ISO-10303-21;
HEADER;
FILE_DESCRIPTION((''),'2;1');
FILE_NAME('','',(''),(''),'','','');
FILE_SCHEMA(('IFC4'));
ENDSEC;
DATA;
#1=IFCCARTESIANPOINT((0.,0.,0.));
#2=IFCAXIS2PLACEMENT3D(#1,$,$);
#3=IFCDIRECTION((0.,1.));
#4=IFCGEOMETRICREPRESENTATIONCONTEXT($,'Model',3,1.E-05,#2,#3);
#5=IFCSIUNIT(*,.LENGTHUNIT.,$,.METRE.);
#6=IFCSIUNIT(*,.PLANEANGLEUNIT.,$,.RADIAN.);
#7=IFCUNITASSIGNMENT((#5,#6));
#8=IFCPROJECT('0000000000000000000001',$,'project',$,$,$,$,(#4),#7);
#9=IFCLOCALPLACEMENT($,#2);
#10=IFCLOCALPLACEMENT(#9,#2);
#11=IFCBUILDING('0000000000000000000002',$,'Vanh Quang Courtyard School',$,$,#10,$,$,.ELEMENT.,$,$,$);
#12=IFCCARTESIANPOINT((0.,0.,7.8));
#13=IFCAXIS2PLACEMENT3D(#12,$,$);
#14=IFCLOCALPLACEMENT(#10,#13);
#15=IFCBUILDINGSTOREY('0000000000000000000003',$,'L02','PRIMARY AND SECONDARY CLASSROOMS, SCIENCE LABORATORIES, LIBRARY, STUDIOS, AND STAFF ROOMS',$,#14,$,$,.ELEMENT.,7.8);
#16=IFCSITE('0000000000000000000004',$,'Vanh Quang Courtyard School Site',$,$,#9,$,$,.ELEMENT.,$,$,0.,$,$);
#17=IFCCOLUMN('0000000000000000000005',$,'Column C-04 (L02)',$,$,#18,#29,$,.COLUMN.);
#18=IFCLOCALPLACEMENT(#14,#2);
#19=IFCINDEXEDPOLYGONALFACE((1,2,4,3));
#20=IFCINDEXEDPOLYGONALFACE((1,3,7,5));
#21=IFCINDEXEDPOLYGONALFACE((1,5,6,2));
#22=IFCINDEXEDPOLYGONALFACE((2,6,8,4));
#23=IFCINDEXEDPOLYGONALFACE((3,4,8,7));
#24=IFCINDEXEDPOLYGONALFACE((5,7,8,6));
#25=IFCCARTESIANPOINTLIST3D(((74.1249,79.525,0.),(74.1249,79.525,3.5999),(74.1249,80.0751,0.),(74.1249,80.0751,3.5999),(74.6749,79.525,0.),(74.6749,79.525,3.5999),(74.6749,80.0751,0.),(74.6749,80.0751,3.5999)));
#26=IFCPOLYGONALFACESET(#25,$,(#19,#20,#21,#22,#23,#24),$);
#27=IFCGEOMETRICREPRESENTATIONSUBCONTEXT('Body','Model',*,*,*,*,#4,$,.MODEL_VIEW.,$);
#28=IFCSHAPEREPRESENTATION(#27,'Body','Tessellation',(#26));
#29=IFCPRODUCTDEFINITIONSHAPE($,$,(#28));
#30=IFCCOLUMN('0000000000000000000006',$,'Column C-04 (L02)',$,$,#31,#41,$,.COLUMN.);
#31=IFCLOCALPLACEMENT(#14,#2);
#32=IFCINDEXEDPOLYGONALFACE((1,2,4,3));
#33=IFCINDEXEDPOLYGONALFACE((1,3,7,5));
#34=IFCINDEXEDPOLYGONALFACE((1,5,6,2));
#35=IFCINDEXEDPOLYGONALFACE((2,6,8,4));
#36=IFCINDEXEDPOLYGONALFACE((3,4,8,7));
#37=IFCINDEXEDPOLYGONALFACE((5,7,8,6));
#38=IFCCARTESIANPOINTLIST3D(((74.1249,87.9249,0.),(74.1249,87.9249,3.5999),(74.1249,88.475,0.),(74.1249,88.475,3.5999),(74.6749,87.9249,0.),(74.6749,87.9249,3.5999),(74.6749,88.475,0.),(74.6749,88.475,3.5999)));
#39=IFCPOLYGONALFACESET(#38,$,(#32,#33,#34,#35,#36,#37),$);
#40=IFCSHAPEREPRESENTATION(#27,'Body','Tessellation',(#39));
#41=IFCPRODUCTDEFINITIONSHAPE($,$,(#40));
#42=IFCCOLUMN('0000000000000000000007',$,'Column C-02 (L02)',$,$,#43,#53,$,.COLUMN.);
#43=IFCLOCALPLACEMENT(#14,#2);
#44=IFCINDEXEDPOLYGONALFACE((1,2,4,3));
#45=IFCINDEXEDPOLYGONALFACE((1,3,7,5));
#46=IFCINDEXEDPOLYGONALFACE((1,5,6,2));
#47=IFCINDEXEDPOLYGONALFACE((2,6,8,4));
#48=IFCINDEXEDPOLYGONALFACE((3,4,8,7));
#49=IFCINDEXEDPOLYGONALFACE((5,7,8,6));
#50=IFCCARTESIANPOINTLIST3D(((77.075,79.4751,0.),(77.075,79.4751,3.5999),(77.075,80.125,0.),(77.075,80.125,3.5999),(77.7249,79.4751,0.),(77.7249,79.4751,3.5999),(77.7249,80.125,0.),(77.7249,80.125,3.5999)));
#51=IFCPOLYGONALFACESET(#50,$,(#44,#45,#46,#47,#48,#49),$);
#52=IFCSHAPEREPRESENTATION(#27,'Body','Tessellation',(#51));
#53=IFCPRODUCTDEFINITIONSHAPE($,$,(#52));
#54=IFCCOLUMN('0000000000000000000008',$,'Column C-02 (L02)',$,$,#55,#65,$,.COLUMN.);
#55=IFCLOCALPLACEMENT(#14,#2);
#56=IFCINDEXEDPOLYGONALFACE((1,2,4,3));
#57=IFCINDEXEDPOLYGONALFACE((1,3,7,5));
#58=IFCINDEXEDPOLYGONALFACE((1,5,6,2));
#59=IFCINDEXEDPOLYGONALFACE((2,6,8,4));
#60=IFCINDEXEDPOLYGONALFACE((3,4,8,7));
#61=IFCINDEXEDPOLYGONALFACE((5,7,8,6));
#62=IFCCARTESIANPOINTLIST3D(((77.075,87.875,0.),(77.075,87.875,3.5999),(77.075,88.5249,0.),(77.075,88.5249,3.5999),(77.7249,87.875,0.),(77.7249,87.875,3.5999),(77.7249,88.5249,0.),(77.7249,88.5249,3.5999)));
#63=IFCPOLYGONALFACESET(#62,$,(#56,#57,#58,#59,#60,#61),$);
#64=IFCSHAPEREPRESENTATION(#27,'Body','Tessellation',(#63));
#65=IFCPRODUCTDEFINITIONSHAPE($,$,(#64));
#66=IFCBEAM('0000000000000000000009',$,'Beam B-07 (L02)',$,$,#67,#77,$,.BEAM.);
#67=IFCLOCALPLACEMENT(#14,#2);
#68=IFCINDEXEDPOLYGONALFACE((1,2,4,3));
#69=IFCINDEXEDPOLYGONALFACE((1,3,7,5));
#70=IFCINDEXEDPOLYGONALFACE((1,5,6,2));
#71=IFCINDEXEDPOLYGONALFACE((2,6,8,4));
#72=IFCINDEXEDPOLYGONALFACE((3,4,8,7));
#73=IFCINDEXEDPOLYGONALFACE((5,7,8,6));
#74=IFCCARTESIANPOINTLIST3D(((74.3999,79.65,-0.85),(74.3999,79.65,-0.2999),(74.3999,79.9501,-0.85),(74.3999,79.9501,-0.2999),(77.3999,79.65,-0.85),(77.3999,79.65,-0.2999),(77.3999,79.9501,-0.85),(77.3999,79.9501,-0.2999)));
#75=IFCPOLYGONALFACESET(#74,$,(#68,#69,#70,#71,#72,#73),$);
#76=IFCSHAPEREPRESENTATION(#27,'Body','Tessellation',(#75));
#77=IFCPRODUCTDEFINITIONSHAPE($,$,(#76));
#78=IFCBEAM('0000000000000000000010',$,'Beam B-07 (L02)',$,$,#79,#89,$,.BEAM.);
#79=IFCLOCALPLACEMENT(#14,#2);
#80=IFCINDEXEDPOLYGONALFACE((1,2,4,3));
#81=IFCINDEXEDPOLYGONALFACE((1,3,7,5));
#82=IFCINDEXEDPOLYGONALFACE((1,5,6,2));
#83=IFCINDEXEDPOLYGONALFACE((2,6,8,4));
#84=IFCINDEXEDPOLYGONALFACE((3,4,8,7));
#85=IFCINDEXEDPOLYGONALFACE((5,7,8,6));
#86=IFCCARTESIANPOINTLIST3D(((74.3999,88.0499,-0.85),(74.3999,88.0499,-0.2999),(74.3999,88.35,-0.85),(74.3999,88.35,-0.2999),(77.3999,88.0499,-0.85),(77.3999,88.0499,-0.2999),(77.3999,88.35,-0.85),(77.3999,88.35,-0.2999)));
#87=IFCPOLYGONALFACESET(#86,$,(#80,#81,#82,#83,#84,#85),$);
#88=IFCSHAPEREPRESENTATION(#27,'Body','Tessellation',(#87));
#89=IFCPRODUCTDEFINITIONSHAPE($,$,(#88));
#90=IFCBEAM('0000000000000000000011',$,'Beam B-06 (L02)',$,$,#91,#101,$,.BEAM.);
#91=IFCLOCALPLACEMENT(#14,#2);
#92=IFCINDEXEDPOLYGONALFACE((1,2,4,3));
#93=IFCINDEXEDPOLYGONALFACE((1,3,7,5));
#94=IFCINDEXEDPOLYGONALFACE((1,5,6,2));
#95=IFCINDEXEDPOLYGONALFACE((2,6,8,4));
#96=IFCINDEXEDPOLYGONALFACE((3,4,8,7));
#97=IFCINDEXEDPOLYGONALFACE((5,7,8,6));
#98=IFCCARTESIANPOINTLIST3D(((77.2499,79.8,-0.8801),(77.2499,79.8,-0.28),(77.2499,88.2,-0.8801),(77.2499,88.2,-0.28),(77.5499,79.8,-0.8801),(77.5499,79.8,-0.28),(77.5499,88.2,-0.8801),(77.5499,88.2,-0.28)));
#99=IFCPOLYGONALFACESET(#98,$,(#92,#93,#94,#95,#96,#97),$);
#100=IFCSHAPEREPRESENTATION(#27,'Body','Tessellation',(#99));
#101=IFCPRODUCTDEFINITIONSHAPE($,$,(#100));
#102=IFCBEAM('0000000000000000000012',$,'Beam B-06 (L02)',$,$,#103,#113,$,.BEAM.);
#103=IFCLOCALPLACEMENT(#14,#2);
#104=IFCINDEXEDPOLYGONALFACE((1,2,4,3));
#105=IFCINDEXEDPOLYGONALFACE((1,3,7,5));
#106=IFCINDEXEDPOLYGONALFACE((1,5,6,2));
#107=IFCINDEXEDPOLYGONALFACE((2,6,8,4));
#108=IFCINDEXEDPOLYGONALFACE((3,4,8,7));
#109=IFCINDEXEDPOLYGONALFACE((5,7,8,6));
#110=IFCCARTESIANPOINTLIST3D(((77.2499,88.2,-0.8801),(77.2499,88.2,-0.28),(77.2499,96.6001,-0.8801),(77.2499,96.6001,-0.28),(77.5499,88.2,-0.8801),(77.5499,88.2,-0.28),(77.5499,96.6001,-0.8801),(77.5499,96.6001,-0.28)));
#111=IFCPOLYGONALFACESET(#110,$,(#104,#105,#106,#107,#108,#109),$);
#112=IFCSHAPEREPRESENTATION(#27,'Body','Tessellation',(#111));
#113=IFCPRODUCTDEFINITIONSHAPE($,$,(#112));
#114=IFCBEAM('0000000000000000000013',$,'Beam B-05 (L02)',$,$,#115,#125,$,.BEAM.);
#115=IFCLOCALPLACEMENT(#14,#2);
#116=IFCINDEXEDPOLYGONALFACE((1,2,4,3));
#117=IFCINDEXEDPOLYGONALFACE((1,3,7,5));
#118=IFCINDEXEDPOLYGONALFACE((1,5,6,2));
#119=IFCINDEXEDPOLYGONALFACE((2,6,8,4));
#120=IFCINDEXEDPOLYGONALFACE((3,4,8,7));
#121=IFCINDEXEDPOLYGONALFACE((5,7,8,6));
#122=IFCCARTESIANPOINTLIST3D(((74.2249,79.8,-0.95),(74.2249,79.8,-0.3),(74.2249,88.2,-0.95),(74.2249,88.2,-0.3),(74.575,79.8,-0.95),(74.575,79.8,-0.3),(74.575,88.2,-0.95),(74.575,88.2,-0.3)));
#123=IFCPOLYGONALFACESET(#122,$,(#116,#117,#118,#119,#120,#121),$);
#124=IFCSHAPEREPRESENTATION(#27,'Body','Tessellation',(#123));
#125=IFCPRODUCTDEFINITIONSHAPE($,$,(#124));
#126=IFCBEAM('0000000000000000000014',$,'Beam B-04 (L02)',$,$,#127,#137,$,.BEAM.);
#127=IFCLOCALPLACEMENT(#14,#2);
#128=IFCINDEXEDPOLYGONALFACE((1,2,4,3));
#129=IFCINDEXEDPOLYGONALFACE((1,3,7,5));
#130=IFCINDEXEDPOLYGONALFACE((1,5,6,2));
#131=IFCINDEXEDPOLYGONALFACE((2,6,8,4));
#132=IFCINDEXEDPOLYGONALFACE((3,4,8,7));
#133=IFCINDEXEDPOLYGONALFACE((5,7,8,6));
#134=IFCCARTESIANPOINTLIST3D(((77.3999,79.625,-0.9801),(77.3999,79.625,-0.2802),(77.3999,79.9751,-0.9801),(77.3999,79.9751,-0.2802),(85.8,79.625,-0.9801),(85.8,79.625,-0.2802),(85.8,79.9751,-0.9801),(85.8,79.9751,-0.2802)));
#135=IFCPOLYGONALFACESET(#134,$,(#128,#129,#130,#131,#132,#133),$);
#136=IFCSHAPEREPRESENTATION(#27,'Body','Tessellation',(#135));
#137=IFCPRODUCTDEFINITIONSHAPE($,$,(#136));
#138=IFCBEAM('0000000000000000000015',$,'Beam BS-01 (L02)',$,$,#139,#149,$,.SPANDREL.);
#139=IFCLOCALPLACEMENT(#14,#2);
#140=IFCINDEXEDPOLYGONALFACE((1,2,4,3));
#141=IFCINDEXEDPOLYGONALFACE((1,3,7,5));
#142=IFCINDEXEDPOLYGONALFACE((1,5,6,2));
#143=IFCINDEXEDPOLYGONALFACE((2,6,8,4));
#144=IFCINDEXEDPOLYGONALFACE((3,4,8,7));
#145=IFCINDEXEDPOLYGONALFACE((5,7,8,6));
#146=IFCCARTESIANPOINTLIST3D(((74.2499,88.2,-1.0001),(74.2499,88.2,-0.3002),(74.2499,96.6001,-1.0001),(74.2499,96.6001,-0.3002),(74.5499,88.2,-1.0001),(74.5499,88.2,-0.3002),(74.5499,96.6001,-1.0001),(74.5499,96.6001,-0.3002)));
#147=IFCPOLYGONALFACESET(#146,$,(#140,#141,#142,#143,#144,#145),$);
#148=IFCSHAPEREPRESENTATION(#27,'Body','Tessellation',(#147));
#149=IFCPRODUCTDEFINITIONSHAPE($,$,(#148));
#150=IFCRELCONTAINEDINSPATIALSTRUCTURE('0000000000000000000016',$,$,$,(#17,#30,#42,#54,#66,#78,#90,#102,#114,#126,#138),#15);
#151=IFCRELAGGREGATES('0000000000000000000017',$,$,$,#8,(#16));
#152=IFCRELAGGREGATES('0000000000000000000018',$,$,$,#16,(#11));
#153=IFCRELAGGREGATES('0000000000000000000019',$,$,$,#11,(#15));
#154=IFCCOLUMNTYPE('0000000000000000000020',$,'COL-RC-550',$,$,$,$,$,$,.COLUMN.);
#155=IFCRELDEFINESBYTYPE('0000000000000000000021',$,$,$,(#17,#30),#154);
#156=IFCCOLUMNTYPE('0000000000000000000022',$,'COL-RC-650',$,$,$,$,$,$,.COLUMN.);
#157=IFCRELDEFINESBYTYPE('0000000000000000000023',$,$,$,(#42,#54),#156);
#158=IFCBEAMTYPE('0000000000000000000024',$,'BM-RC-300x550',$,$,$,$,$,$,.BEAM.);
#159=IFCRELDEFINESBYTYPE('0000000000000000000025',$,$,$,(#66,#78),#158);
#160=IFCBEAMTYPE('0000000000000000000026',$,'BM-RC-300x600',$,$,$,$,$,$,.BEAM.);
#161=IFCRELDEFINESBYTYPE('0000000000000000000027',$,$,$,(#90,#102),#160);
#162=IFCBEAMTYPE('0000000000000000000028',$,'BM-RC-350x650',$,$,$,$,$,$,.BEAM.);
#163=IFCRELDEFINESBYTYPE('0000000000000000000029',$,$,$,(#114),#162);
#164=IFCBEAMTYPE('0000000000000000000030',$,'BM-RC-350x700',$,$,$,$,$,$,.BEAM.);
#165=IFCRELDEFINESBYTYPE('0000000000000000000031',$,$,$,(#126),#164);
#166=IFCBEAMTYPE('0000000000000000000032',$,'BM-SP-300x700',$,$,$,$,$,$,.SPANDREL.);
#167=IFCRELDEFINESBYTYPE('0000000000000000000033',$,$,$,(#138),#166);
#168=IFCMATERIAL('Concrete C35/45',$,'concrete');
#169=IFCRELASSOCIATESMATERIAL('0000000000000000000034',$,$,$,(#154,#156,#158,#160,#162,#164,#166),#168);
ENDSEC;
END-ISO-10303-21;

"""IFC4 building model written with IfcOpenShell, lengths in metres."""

from ifc_helpers import new_model, si_unit, direction, frame, origin, origin_2d, place, context, subcontext, project, spatial, rectangle, extrude, material, material_profile, profile_set, type_object, element, save


model = new_model("IFC4")

# Units and contexts
model_context = context("Model", 3, precision=1e-05, world=origin(), true_north=direction((0.0, 1.0)))
body_context = subcontext(model_context, "Body", "Model", "MODEL_VIEW")
ifc_project = project(units=[si_unit("LENGTHUNIT", "METRE"), si_unit("PLANEANGLEUNIT", "RADIAN")], contexts=[model_context])

# Site, building, storey
site_placement = place(None, origin())
site = spatial("IfcSite", under=ifc_project, at=site_placement, Name="Vanh Quang Courtyard School Site", CompositionType="ELEMENT", RefElevation=0.0)
building_placement = place(site_placement, origin())
building = spatial("IfcBuilding", under=site, at=building_placement, Name="Vanh Quang Courtyard School", CompositionType="ELEMENT")
storey_placement = place(building_placement, frame((0.0, 0.0, 7.8)))
storey = spatial("IfcBuildingStorey", under=building, at=storey_placement, Name="L02", Description="PRIMARY AND SECONDARY CLASSROOMS, SCIENCE LABORATORIES, LIBRARY, STUDIOS, AND STAFF ROOMS", CompositionType="ELEMENT", Elevation=7.8)

# Columns
ifc_material_1 = material(Name="Concrete C35/45", Category="concrete")
ifc_material_profile_1 = material_profile(ifc_material_1, rectangle(XDim=0.55, YDim=0.55, at=origin_2d()), Name="RC-COL 550x550")
ifc_profile_set_1 = profile_set([ifc_material_profile_1], Name="Concrete C35/45")
column_type_1 = type_object("IfcColumnType", Name="COL-RC-550", PredefinedType="COLUMN", material=ifc_profile_set_1)
for number, where, z_axis, x_axis, name in (
    (1, (74.3999, 79.8, 0.0), (0.0, 0.0, 1.0), (1.0, 0.0, 0.0), "Column C-04 (L02)"),
    (2, (74.3999, 88.2, 0.0), (0.0, 0.0, 1.0), (1.0, 0.0, 0.0), "Column C-04 (L02)"),
):
    element("IfcColumn", number, at=place(storey_placement, frame(where, z_axis=z_axis, x_axis=x_axis)), inside=storey, type_object=column_type_1, Name=name, PredefinedType="COLUMN", context=body_context, shape_type="SweptSolid", body=[
        extrude(rectangle(XDim=0.55, YDim=0.55, at=origin_2d()), origin(), (0.0, 0.0, 1.0), 3.5999),
    ])
ifc_material_profile_2 = material_profile(ifc_material_1, rectangle(XDim=0.6499, YDim=0.6499, at=origin_2d()), Name="RC-COL 650x650")
ifc_profile_set_2 = profile_set([ifc_material_profile_2], Name="Concrete C35/45")
column_type_2 = type_object("IfcColumnType", Name="COL-RC-650", PredefinedType="COLUMN", material=ifc_profile_set_2)
for number, where, z_axis, x_axis, name in (
    (3, (77.3999, 79.8, 0.0), (0.0, 0.0, 1.0), (1.0, 0.0, 0.0), "Column C-02 (L02)"),
    (4, (77.3999, 88.2, 0.0), (0.0, 0.0, 1.0), (1.0, 0.0, 0.0), "Column C-02 (L02)"),
):
    element("IfcColumn", number, at=place(storey_placement, frame(where, z_axis=z_axis, x_axis=x_axis)), inside=storey, type_object=column_type_2, Name=name, PredefinedType="COLUMN", context=body_context, shape_type="SweptSolid", body=[
        extrude(rectangle(XDim=0.6499, YDim=0.6499, at=origin_2d()), origin(), (0.0, 0.0, 1.0), 3.5999),
    ])

# Beams
ifc_material_profile_3 = material_profile(ifc_material_1, rectangle(XDim=0.3, YDim=0.55, at=origin_2d()), Name="RC-BM 300x550")
ifc_profile_set_3 = profile_set([ifc_material_profile_3], Name="Concrete C35/45")
beam_type_1 = type_object("IfcBeamType", Name="BM-RC-300x550", PredefinedType="BEAM", material=ifc_profile_set_3)
for number, where, z_axis, x_axis, name in (
    (5, (74.3999, 79.8, -0.575), (1.0, 0.0, 0.0), (0.0, 1.0, 0.0), "Beam B-07 (L02)"),
    (6, (74.3999, 88.2, -0.575), (1.0, 0.0, 0.0), (0.0, 1.0, 0.0), "Beam B-07 (L02)"),
):
    element("IfcBeam", number, at=place(storey_placement, frame(where, z_axis=z_axis, x_axis=x_axis)), inside=storey, type_object=beam_type_1, Name=name, PredefinedType="BEAM", context=body_context, shape_type="SweptSolid", body=[
        extrude(rectangle(XDim=0.3, YDim=0.55, at=origin_2d()), origin(), (0.0, 0.0, 1.0), 3.0),
    ])
ifc_material_profile_4 = material_profile(ifc_material_1, rectangle(XDim=0.3, YDim=0.6001, at=origin_2d()), Name="RC-BM 300x600")
ifc_profile_set_4 = profile_set([ifc_material_profile_4], Name="Concrete C35/45")
beam_type_2 = type_object("IfcBeamType", Name="BM-RC-300x600", PredefinedType="BEAM", material=ifc_profile_set_4)
beam_1_placement = place(storey_placement, frame((77.3999, 79.8, -0.5801), z_axis=(0.0, 1.0, 0.0), x_axis=(-1.0, 0.0, 0.0)))
element("IfcBeam", 7, at=beam_1_placement, inside=storey, type_object=beam_type_2, Name="Beam B-06 (L02)", PredefinedType="BEAM", context=body_context, shape_type="SweptSolid", body=[
    extrude(rectangle(XDim=0.3, YDim=0.6001, at=origin_2d()), origin(), (0.0, 0.0, 1.0), 8.3999),
])
beam_2_placement = place(storey_placement, frame((77.3999, 88.2, -0.5801), z_axis=(0.0, 1.0, 0.0), x_axis=(-1.0, 0.0, 0.0)))
element("IfcBeam", 8, at=beam_2_placement, inside=storey, type_object=beam_type_2, Name="Beam B-06 (L02)", PredefinedType="BEAM", context=body_context, shape_type="SweptSolid", body=[
    extrude(rectangle(XDim=0.3, YDim=0.6001, at=origin_2d()), origin(), (0.0, 0.0, 1.0), 8.4001),
])
ifc_material_profile_5 = material_profile(ifc_material_1, rectangle(XDim=0.3501, YDim=0.6499, at=origin_2d()), Name="RC-BM 350x650")
ifc_profile_set_5 = profile_set([ifc_material_profile_5], Name="Concrete C35/45")
beam_type_3 = type_object("IfcBeamType", Name="BM-RC-350x650", PredefinedType="BEAM", material=ifc_profile_set_5)
beam_3_placement = place(storey_placement, frame((74.3999, 79.8, -0.625), z_axis=(0.0, 1.0, 0.0), x_axis=(-1.0, 0.0, 0.0)))
element("IfcBeam", 9, at=beam_3_placement, inside=storey, type_object=beam_type_3, Name="Beam B-05 (L02)", PredefinedType="BEAM", context=body_context, shape_type="SweptSolid", body=[
    extrude(rectangle(XDim=0.3501, YDim=0.6499, at=origin_2d()), origin(), (0.0, 0.0, 1.0), 8.3999),
])
ifc_material_profile_6 = material_profile(ifc_material_1, rectangle(XDim=0.3501, YDim=0.7, at=origin_2d()), Name="RC-BM 350x700")
ifc_profile_set_6 = profile_set([ifc_material_profile_6], Name="Concrete C35/45")
beam_type_4 = type_object("IfcBeamType", Name="BM-RC-350x700", PredefinedType="BEAM", material=ifc_profile_set_6)
beam_4_placement = place(storey_placement, frame((77.3999, 79.8, -0.6301), z_axis=(1.0, 0.0, 0.0), x_axis=(0.0, 1.0, 0.0)))
element("IfcBeam", 10, at=beam_4_placement, inside=storey, type_object=beam_type_4, Name="Beam B-04 (L02)", PredefinedType="BEAM", context=body_context, shape_type="SweptSolid", body=[
    extrude(rectangle(XDim=0.3501, YDim=0.7, at=origin_2d()), origin(), (0.0, 0.0, 1.0), 8.4001),
])
ifc_material_profile_7 = material_profile(ifc_material_1, rectangle(XDim=0.3, YDim=0.7, at=origin_2d()), Name="RC-SP 300x700")
ifc_profile_set_7 = profile_set([ifc_material_profile_7], Name="Concrete C35/45")
beam_type_5 = type_object("IfcBeamType", Name="BM-SP-300x700", PredefinedType="SPANDREL", material=ifc_profile_set_7)
beam_5_placement = place(storey_placement, frame((74.3999, 88.2, -0.6501), z_axis=(0.0, 1.0, 0.0), x_axis=(-1.0, 0.0, 0.0)))
element("IfcBeam", 11, at=beam_5_placement, inside=storey, type_object=beam_type_5, Name="Beam BS-01 (L02)", PredefinedType="SPANDREL", context=body_context, shape_type="SweptSolid", body=[
    extrude(rectangle(XDim=0.3, YDim=0.7, at=origin_2d()), origin(), (0.0, 0.0, 1.0), 8.4001),
])

save(model, "model.ifc")
